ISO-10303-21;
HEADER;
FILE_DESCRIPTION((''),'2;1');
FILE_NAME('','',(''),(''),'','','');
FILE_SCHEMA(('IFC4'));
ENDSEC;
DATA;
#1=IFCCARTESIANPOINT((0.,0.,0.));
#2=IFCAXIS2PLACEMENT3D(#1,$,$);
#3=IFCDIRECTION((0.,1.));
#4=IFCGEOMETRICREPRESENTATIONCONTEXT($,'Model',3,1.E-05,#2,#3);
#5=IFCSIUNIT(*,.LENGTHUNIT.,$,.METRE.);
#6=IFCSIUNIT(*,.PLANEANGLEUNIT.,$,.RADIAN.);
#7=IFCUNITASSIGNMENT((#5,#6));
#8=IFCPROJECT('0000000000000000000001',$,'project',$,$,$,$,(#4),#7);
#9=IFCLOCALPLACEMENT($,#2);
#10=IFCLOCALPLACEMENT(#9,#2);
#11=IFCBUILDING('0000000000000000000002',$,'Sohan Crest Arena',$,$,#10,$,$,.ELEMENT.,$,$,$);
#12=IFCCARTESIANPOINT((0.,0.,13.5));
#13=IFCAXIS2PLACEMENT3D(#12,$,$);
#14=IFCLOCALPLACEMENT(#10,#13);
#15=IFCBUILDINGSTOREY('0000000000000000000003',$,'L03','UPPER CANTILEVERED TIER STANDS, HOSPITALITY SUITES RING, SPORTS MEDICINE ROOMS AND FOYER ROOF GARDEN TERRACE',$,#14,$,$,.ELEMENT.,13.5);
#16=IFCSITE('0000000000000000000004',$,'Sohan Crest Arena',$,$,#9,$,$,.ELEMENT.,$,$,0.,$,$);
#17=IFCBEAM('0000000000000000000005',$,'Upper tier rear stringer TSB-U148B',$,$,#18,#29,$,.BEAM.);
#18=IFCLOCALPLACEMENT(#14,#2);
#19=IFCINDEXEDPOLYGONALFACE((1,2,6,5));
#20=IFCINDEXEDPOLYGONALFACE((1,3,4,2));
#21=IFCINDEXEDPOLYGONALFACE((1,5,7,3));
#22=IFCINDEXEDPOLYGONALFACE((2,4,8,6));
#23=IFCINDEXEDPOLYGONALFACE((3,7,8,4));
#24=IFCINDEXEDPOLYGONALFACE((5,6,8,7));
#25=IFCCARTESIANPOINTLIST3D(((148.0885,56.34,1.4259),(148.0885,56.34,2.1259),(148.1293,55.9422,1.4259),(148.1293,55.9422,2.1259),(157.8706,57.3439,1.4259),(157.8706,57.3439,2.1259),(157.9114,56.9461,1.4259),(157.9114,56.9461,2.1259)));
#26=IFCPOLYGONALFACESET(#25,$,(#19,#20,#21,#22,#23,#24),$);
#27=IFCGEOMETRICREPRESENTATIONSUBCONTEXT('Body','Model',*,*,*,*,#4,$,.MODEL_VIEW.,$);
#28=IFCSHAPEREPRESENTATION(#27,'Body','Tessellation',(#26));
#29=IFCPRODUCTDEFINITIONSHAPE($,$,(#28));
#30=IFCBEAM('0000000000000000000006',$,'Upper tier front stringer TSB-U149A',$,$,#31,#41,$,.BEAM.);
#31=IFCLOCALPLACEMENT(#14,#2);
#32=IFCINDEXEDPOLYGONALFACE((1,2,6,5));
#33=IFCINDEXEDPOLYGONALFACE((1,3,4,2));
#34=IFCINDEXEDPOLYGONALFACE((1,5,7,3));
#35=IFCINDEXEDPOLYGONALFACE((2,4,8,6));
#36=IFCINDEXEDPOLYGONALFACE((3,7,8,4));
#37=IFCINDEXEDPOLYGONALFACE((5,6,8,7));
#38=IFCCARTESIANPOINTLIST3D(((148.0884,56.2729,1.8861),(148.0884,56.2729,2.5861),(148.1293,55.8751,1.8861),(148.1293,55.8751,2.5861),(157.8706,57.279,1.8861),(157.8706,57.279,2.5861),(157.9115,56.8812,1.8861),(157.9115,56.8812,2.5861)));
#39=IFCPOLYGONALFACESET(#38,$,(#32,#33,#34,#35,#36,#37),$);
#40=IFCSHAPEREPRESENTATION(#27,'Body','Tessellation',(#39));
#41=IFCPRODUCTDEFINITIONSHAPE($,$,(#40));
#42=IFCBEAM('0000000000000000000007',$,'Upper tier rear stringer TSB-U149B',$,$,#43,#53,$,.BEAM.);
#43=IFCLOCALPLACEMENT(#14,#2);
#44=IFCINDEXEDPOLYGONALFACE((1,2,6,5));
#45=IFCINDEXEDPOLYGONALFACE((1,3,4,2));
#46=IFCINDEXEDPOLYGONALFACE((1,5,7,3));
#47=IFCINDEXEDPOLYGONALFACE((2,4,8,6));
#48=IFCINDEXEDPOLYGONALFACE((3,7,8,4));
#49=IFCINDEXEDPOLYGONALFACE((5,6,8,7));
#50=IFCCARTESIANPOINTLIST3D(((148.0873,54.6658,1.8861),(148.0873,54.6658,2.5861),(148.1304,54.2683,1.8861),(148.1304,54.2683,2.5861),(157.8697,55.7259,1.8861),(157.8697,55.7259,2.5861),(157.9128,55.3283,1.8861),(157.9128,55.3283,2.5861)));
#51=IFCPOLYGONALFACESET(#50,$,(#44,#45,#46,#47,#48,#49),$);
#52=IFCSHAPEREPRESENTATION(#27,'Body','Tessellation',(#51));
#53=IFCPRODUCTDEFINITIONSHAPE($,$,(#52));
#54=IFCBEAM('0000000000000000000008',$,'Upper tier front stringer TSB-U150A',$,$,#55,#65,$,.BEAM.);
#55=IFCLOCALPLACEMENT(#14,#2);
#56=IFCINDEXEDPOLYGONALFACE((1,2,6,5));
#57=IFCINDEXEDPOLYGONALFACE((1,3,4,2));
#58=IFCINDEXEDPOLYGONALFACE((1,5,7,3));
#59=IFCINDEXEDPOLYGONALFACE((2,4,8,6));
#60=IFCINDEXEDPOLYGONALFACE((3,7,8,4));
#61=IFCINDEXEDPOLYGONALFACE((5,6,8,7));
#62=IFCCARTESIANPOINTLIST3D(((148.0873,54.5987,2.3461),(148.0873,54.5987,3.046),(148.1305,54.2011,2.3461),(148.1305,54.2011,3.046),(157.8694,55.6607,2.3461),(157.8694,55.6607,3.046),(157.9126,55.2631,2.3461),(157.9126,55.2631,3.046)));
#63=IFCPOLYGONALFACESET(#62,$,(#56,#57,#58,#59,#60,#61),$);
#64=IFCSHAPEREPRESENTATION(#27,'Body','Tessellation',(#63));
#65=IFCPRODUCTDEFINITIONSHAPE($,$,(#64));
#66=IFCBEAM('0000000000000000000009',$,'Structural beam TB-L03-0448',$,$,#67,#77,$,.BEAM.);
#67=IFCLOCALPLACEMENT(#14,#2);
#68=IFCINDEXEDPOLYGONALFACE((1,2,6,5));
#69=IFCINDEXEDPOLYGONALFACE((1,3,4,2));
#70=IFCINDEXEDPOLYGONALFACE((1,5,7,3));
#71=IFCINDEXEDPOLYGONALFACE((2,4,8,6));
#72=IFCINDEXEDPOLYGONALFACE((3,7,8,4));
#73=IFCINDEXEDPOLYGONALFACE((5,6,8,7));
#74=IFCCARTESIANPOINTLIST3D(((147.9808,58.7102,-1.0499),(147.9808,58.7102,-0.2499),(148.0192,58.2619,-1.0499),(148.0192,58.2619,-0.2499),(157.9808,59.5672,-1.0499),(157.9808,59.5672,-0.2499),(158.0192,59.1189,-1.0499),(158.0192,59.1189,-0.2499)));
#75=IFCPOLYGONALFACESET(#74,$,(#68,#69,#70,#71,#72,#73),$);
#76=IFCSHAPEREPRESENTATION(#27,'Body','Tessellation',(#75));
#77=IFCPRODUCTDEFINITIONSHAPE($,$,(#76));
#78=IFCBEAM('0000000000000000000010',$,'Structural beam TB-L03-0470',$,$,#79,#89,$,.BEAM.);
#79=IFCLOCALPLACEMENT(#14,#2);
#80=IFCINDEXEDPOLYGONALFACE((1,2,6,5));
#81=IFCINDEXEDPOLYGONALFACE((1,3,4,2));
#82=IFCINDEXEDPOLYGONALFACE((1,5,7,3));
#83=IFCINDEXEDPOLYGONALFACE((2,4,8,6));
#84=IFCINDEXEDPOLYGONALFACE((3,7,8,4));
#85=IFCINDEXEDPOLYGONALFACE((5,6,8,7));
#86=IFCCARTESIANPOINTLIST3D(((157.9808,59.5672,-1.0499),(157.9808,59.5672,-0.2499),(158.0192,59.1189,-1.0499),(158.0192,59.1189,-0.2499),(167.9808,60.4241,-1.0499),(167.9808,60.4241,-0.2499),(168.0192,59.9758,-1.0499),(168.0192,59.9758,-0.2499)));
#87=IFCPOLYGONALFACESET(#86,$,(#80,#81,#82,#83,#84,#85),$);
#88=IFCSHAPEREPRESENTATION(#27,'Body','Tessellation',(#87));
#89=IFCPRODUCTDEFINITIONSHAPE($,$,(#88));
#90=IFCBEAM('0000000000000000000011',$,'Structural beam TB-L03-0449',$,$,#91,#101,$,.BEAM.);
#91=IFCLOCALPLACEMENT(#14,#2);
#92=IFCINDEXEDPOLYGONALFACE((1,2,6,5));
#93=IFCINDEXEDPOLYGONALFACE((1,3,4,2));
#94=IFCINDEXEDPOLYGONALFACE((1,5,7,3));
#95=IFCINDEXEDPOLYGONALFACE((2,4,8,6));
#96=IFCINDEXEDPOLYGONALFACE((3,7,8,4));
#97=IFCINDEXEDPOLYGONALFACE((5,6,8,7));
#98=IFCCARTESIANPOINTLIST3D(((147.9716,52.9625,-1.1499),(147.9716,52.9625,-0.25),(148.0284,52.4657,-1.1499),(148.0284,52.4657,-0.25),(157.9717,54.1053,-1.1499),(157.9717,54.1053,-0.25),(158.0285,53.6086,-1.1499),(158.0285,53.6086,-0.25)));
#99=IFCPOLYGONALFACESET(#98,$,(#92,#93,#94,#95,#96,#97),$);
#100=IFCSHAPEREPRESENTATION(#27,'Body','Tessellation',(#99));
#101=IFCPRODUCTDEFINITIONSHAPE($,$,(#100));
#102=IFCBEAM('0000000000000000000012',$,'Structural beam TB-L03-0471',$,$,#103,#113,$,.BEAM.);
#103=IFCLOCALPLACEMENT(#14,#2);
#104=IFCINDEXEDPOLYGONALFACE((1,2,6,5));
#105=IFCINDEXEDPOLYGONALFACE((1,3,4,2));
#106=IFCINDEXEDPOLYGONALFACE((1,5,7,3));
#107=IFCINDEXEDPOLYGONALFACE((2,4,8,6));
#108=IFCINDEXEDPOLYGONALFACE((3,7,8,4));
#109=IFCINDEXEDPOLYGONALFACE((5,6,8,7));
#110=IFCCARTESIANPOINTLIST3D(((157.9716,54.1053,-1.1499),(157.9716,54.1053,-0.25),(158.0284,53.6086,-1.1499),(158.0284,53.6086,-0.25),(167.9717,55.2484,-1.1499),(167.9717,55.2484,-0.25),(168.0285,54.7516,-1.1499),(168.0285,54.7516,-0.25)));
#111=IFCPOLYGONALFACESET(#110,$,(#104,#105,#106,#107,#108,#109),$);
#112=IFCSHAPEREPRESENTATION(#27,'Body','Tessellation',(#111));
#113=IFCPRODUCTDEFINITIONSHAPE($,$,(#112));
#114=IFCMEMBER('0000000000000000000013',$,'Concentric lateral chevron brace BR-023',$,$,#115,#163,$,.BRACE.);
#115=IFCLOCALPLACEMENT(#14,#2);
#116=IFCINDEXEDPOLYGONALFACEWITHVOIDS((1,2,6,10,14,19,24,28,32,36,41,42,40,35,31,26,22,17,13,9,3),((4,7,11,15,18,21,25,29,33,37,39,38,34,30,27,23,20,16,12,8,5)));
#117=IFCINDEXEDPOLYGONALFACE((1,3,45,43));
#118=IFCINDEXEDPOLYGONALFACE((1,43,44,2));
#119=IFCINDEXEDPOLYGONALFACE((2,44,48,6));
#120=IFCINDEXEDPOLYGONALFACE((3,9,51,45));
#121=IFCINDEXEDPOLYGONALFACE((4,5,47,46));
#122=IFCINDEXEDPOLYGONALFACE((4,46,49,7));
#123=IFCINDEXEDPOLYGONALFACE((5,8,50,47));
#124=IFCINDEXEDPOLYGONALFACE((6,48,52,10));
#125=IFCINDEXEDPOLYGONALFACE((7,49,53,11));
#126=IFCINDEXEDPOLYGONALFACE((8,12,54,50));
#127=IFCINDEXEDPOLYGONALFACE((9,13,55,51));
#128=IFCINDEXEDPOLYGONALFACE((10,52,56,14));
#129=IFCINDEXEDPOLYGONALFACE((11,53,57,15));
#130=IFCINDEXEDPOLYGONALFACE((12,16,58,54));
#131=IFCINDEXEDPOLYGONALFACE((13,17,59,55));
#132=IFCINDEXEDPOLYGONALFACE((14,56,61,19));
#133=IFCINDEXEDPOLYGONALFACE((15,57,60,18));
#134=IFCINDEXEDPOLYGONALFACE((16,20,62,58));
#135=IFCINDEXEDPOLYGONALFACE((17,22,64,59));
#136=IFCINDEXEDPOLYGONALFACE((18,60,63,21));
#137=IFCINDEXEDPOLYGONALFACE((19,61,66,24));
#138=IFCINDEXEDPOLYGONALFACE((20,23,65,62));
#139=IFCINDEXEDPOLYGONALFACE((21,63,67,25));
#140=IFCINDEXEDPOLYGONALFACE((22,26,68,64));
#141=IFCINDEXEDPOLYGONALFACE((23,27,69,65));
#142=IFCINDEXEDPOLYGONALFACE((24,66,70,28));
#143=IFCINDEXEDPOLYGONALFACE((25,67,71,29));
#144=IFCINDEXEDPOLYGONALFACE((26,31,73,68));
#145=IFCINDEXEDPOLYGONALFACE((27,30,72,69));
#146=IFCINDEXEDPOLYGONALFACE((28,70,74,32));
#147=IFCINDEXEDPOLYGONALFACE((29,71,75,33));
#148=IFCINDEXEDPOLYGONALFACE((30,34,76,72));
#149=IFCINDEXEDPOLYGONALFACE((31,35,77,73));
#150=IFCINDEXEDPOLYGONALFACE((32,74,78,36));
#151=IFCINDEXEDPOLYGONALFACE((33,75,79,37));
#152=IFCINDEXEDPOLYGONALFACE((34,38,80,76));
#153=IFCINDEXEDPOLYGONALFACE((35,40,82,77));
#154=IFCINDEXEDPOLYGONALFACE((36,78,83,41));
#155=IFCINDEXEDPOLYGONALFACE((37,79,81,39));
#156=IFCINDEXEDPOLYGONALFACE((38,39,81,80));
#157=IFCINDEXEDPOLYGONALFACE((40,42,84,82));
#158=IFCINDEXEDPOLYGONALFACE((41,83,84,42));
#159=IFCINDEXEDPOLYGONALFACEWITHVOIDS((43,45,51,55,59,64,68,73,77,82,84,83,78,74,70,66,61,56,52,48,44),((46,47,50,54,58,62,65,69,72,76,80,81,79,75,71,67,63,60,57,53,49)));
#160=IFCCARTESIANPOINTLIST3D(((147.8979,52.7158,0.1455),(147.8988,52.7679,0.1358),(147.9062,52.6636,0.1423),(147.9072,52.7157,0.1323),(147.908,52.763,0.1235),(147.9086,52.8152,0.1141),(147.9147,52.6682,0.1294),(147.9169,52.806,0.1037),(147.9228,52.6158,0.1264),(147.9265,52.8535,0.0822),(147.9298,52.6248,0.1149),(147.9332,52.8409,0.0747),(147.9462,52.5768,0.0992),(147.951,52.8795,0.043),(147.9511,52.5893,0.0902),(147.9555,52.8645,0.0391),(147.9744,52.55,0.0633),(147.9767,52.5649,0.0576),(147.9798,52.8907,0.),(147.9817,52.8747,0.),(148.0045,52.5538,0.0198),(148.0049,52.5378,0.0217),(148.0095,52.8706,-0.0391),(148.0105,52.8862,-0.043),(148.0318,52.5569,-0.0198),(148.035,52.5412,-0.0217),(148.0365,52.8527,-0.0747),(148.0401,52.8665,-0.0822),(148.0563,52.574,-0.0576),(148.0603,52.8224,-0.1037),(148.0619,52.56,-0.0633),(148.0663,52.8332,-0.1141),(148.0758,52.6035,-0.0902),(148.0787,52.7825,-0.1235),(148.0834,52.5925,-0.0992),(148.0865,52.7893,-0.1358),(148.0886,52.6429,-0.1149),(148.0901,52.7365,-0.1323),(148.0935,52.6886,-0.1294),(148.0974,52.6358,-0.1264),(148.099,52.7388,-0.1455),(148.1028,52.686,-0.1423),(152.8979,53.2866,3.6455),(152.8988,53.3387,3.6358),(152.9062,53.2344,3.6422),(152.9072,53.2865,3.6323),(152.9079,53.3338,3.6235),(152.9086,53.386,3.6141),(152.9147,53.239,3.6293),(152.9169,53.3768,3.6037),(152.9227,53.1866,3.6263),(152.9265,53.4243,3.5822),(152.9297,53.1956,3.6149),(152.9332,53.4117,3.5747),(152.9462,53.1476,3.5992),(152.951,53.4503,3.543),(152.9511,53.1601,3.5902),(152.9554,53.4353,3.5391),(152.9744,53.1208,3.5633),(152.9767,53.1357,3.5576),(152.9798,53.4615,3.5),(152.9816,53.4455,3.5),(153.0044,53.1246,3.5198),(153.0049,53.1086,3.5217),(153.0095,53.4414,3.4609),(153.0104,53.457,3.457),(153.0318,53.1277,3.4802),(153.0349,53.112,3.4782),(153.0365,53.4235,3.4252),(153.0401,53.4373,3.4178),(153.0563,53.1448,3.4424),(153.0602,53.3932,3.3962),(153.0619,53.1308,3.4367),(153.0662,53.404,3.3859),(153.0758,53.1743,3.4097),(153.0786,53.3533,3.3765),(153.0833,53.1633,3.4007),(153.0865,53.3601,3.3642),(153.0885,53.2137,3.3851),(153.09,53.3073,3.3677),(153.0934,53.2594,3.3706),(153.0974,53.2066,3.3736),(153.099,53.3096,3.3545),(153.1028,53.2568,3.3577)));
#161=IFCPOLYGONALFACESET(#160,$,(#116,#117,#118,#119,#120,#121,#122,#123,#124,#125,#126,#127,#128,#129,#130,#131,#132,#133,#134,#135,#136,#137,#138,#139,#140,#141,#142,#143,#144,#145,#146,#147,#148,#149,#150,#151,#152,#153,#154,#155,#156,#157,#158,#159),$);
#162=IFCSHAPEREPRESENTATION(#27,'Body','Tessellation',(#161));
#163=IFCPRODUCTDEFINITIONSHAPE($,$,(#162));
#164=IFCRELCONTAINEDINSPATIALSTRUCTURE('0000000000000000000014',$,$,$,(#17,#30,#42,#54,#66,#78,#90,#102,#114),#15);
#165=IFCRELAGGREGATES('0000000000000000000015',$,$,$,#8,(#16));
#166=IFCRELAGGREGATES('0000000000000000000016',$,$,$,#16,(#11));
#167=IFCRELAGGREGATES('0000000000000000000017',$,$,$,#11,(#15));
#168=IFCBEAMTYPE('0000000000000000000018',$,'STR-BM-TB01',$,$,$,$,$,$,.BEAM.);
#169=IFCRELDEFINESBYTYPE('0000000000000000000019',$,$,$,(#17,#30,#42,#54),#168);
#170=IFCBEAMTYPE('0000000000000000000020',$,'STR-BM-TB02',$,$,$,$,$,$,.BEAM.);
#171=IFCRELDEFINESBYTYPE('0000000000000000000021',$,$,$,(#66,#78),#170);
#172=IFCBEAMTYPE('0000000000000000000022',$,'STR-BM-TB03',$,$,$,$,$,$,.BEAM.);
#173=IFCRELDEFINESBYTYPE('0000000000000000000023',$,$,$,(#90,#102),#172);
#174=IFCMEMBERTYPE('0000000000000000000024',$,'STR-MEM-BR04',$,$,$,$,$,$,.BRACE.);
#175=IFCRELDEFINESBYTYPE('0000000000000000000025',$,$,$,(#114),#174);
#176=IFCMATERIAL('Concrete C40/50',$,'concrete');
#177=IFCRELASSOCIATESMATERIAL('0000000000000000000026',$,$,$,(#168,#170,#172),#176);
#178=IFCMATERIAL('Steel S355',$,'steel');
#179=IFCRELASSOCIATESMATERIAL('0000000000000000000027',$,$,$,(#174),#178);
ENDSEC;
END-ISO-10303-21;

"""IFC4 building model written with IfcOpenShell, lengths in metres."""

from ifc_helpers import new_model, si_unit, direction, frame, origin, origin_2d, place, context, subcontext, project, spatial, rectangle, hollow_circle, extrude, material, material_profile, profile_set, type_object, element, save


model = new_model("IFC4")

# Units and contexts
model_context = context("Model", 3, precision=1e-05, world=origin(), true_north=direction((0.0, 1.0)))
body_context = subcontext(model_context, "Body", "Model", "MODEL_VIEW")
ifc_project = project(units=[si_unit("LENGTHUNIT", "METRE"), si_unit("PLANEANGLEUNIT", "RADIAN")], contexts=[model_context])

# Site, building, storey
site_placement = place(None, origin())
site = spatial("IfcSite", under=ifc_project, at=site_placement, Name="Sohan Crest Arena", CompositionType="ELEMENT", RefElevation=0.0)
building_placement = place(site_placement, origin())
building = spatial("IfcBuilding", under=site, at=building_placement, Name="Sohan Crest Arena", CompositionType="ELEMENT")
storey_placement = place(building_placement, frame((0.0, 0.0, 13.5)))
storey = spatial("IfcBuildingStorey", under=building, at=storey_placement, Name="L03", Description="UPPER CANTILEVERED TIER STANDS, HOSPITALITY SUITES RING, SPORTS MEDICINE ROOMS AND FOYER ROOF GARDEN TERRACE", CompositionType="ELEMENT", Elevation=13.5)

# Shared definitions
ifc_material_1 = material(Name="Concrete C40/50", Category="concrete")

# Beams
ifc_material_2 = material(Name="Steel S355", Category="steel")
ifc_material_profile_1 = material_profile(ifc_material_1, rectangle(XDim=0.3999, YDim=0.7, at=origin_2d()), Name="RC-BM 400x700")
ifc_profile_set_1 = profile_set([ifc_material_profile_1], Name="Concrete C40/50")
beam_type_1 = type_object("IfcBeamType", Name="STR-BM-TB01", PredefinedType="BEAM", material=ifc_profile_set_1)
beam_1_placement = place(storey_placement, frame((148.1089, 56.1411, 1.7759), z_axis=(0.994775, 0.102089, 0.0), x_axis=(-0.102089, 0.994775, 0.0)))
element("IfcBeam", 1, at=beam_1_placement, inside=storey, type_object=beam_type_1, Name="Upper tier rear stringer TSB-U148B", PredefinedType="BEAM", context=body_context, shape_type="SweptSolid", body=[
    extrude(rectangle(XDim=0.3999, YDim=0.7, at=origin_2d()), origin(), (0.0, 0.0, 1.0), 9.8335),
])
beam_2_placement = place(storey_placement, frame((148.1089, 56.074, 2.2361), z_axis=(0.994753, 0.10231, 0.0), x_axis=(-0.10231, 0.994753, 0.0)))
element("IfcBeam", 2, at=beam_2_placement, inside=storey, type_object=beam_type_1, Name="Upper tier front stringer TSB-U149A", PredefinedType="BEAM", context=body_context, shape_type="SweptSolid", body=[
    extrude(rectangle(XDim=0.3999, YDim=0.7, at=origin_2d()), origin(), (0.0, 0.0, 1.0), 9.8337),
])
for number, where, z_axis, x_axis, name in (
    (3, (148.1089, 54.467, 2.2361), (0.99418, 0.107735, 0.0), (-0.107735, 0.99418, 0.0), "Upper tier rear stringer TSB-U149B"),
    (4, (148.1089, 54.3999, 2.696), (0.994158, 0.107931, 0.0), (-0.107931, 0.994158, 0.0), "Upper tier front stringer TSB-U150A"),
):
    element("IfcBeam", number, at=place(storey_placement, frame(where, z_axis=z_axis, x_axis=x_axis)), inside=storey, type_object=beam_type_1, Name=name, PredefinedType="BEAM", context=body_context, shape_type="SweptSolid", body=[
        extrude(rectangle(XDim=0.3999, YDim=0.7, at=origin_2d()), origin(), (0.0, 0.0, 1.0), 9.8396),
    ])
ifc_material_profile_2 = material_profile(ifc_material_1, rectangle(XDim=0.45, YDim=0.8, at=origin_2d()), Name="RC-BM 450x800")
ifc_profile_set_2 = profile_set([ifc_material_profile_2], Name="Concrete C40/50")
beam_type_2 = type_object("IfcBeamType", Name="STR-BM-TB02", PredefinedType="BEAM", material=ifc_profile_set_2)
for number, where, z_axis, x_axis, name in (
    (5, (148.0, 58.4861, -0.6499), (0.996348, 0.08538, 0.0), (-0.08538, 0.996348, 0.0), "Structural beam TB-L03-0448"),
    (6, (158.0, 59.343, -0.6499), (0.996348, 0.08538, 0.0), (-0.08538, 0.996348, 0.0), "Structural beam TB-L03-0470"),
):
    element("IfcBeam", number, at=place(storey_placement, frame(where, z_axis=z_axis, x_axis=x_axis)), inside=storey, type_object=beam_type_2, Name=name, PredefinedType="BEAM", context=body_context, shape_type="SweptSolid", body=[
        extrude(rectangle(XDim=0.45, YDim=0.8, at=origin_2d()), origin(), (0.0, 0.0, 1.0), 10.0366),
    ])
ifc_material_profile_3 = material_profile(ifc_material_1, rectangle(XDim=0.5, YDim=0.8999, at=origin_2d()), Name="RC-BM 500x900")
ifc_profile_set_3 = profile_set([ifc_material_profile_3], Name="Concrete C40/50")
beam_type_3 = type_object("IfcBeamType", Name="STR-BM-TB03", PredefinedType="BEAM", material=ifc_profile_set_3)
for number, where, z_axis, x_axis, name in (
    (7, (148.0, 52.7141, -0.7), (0.993533, 0.113543, 0.0), (-0.113543, 0.993533, 0.0), "Structural beam TB-L03-0449"),
    (8, (158.0, 53.8569, -0.7), (0.99353, 0.113567, 0.0), (-0.113567, 0.99353, 0.0), "Structural beam TB-L03-0471"),
):
    element("IfcBeam", number, at=place(storey_placement, frame(where, z_axis=z_axis, x_axis=x_axis)), inside=storey, type_object=beam_type_3, Name=name, PredefinedType="BEAM", context=body_context, shape_type="SweptSolid", body=[
        extrude(rectangle(XDim=0.5, YDim=0.8999, at=origin_2d()), origin(), (0.0, 0.0, 1.0), 10.0652),
    ])

# Member
ifc_material_profile_4 = material_profile(ifc_material_2, hollow_circle(Radius=0.1777, WallThickness=0.0161, at=origin_2d()), Name="CHS 355.6x16")
ifc_profile_set_4 = profile_set([ifc_material_profile_4], Name="Steel S355")
member_type_1 = type_object("IfcMemberType", Name="STR-MEM-BR04", PredefinedType="BRACE", material=ifc_profile_set_4)
member_1_placement = place(storey_placement, frame((148.0, 52.7141, 0.0), z_axis=(0.815672, 0.093117, 0.570971), x_axis=(-0.113423, 0.993547, 0.0)))
element("IfcMember", 9, at=member_1_placement, inside=storey, type_object=member_type_1, Name="Concentric lateral chevron brace BR-023", PredefinedType="BRACE", context=body_context, shape_type="SweptSolid", body=[
    extrude(hollow_circle(Radius=0.1777, WallThickness=0.0161, at=origin_2d()), origin(), (0.0, 0.0, 1.0), 6.1299),
])

save(model, "model.ifc")
